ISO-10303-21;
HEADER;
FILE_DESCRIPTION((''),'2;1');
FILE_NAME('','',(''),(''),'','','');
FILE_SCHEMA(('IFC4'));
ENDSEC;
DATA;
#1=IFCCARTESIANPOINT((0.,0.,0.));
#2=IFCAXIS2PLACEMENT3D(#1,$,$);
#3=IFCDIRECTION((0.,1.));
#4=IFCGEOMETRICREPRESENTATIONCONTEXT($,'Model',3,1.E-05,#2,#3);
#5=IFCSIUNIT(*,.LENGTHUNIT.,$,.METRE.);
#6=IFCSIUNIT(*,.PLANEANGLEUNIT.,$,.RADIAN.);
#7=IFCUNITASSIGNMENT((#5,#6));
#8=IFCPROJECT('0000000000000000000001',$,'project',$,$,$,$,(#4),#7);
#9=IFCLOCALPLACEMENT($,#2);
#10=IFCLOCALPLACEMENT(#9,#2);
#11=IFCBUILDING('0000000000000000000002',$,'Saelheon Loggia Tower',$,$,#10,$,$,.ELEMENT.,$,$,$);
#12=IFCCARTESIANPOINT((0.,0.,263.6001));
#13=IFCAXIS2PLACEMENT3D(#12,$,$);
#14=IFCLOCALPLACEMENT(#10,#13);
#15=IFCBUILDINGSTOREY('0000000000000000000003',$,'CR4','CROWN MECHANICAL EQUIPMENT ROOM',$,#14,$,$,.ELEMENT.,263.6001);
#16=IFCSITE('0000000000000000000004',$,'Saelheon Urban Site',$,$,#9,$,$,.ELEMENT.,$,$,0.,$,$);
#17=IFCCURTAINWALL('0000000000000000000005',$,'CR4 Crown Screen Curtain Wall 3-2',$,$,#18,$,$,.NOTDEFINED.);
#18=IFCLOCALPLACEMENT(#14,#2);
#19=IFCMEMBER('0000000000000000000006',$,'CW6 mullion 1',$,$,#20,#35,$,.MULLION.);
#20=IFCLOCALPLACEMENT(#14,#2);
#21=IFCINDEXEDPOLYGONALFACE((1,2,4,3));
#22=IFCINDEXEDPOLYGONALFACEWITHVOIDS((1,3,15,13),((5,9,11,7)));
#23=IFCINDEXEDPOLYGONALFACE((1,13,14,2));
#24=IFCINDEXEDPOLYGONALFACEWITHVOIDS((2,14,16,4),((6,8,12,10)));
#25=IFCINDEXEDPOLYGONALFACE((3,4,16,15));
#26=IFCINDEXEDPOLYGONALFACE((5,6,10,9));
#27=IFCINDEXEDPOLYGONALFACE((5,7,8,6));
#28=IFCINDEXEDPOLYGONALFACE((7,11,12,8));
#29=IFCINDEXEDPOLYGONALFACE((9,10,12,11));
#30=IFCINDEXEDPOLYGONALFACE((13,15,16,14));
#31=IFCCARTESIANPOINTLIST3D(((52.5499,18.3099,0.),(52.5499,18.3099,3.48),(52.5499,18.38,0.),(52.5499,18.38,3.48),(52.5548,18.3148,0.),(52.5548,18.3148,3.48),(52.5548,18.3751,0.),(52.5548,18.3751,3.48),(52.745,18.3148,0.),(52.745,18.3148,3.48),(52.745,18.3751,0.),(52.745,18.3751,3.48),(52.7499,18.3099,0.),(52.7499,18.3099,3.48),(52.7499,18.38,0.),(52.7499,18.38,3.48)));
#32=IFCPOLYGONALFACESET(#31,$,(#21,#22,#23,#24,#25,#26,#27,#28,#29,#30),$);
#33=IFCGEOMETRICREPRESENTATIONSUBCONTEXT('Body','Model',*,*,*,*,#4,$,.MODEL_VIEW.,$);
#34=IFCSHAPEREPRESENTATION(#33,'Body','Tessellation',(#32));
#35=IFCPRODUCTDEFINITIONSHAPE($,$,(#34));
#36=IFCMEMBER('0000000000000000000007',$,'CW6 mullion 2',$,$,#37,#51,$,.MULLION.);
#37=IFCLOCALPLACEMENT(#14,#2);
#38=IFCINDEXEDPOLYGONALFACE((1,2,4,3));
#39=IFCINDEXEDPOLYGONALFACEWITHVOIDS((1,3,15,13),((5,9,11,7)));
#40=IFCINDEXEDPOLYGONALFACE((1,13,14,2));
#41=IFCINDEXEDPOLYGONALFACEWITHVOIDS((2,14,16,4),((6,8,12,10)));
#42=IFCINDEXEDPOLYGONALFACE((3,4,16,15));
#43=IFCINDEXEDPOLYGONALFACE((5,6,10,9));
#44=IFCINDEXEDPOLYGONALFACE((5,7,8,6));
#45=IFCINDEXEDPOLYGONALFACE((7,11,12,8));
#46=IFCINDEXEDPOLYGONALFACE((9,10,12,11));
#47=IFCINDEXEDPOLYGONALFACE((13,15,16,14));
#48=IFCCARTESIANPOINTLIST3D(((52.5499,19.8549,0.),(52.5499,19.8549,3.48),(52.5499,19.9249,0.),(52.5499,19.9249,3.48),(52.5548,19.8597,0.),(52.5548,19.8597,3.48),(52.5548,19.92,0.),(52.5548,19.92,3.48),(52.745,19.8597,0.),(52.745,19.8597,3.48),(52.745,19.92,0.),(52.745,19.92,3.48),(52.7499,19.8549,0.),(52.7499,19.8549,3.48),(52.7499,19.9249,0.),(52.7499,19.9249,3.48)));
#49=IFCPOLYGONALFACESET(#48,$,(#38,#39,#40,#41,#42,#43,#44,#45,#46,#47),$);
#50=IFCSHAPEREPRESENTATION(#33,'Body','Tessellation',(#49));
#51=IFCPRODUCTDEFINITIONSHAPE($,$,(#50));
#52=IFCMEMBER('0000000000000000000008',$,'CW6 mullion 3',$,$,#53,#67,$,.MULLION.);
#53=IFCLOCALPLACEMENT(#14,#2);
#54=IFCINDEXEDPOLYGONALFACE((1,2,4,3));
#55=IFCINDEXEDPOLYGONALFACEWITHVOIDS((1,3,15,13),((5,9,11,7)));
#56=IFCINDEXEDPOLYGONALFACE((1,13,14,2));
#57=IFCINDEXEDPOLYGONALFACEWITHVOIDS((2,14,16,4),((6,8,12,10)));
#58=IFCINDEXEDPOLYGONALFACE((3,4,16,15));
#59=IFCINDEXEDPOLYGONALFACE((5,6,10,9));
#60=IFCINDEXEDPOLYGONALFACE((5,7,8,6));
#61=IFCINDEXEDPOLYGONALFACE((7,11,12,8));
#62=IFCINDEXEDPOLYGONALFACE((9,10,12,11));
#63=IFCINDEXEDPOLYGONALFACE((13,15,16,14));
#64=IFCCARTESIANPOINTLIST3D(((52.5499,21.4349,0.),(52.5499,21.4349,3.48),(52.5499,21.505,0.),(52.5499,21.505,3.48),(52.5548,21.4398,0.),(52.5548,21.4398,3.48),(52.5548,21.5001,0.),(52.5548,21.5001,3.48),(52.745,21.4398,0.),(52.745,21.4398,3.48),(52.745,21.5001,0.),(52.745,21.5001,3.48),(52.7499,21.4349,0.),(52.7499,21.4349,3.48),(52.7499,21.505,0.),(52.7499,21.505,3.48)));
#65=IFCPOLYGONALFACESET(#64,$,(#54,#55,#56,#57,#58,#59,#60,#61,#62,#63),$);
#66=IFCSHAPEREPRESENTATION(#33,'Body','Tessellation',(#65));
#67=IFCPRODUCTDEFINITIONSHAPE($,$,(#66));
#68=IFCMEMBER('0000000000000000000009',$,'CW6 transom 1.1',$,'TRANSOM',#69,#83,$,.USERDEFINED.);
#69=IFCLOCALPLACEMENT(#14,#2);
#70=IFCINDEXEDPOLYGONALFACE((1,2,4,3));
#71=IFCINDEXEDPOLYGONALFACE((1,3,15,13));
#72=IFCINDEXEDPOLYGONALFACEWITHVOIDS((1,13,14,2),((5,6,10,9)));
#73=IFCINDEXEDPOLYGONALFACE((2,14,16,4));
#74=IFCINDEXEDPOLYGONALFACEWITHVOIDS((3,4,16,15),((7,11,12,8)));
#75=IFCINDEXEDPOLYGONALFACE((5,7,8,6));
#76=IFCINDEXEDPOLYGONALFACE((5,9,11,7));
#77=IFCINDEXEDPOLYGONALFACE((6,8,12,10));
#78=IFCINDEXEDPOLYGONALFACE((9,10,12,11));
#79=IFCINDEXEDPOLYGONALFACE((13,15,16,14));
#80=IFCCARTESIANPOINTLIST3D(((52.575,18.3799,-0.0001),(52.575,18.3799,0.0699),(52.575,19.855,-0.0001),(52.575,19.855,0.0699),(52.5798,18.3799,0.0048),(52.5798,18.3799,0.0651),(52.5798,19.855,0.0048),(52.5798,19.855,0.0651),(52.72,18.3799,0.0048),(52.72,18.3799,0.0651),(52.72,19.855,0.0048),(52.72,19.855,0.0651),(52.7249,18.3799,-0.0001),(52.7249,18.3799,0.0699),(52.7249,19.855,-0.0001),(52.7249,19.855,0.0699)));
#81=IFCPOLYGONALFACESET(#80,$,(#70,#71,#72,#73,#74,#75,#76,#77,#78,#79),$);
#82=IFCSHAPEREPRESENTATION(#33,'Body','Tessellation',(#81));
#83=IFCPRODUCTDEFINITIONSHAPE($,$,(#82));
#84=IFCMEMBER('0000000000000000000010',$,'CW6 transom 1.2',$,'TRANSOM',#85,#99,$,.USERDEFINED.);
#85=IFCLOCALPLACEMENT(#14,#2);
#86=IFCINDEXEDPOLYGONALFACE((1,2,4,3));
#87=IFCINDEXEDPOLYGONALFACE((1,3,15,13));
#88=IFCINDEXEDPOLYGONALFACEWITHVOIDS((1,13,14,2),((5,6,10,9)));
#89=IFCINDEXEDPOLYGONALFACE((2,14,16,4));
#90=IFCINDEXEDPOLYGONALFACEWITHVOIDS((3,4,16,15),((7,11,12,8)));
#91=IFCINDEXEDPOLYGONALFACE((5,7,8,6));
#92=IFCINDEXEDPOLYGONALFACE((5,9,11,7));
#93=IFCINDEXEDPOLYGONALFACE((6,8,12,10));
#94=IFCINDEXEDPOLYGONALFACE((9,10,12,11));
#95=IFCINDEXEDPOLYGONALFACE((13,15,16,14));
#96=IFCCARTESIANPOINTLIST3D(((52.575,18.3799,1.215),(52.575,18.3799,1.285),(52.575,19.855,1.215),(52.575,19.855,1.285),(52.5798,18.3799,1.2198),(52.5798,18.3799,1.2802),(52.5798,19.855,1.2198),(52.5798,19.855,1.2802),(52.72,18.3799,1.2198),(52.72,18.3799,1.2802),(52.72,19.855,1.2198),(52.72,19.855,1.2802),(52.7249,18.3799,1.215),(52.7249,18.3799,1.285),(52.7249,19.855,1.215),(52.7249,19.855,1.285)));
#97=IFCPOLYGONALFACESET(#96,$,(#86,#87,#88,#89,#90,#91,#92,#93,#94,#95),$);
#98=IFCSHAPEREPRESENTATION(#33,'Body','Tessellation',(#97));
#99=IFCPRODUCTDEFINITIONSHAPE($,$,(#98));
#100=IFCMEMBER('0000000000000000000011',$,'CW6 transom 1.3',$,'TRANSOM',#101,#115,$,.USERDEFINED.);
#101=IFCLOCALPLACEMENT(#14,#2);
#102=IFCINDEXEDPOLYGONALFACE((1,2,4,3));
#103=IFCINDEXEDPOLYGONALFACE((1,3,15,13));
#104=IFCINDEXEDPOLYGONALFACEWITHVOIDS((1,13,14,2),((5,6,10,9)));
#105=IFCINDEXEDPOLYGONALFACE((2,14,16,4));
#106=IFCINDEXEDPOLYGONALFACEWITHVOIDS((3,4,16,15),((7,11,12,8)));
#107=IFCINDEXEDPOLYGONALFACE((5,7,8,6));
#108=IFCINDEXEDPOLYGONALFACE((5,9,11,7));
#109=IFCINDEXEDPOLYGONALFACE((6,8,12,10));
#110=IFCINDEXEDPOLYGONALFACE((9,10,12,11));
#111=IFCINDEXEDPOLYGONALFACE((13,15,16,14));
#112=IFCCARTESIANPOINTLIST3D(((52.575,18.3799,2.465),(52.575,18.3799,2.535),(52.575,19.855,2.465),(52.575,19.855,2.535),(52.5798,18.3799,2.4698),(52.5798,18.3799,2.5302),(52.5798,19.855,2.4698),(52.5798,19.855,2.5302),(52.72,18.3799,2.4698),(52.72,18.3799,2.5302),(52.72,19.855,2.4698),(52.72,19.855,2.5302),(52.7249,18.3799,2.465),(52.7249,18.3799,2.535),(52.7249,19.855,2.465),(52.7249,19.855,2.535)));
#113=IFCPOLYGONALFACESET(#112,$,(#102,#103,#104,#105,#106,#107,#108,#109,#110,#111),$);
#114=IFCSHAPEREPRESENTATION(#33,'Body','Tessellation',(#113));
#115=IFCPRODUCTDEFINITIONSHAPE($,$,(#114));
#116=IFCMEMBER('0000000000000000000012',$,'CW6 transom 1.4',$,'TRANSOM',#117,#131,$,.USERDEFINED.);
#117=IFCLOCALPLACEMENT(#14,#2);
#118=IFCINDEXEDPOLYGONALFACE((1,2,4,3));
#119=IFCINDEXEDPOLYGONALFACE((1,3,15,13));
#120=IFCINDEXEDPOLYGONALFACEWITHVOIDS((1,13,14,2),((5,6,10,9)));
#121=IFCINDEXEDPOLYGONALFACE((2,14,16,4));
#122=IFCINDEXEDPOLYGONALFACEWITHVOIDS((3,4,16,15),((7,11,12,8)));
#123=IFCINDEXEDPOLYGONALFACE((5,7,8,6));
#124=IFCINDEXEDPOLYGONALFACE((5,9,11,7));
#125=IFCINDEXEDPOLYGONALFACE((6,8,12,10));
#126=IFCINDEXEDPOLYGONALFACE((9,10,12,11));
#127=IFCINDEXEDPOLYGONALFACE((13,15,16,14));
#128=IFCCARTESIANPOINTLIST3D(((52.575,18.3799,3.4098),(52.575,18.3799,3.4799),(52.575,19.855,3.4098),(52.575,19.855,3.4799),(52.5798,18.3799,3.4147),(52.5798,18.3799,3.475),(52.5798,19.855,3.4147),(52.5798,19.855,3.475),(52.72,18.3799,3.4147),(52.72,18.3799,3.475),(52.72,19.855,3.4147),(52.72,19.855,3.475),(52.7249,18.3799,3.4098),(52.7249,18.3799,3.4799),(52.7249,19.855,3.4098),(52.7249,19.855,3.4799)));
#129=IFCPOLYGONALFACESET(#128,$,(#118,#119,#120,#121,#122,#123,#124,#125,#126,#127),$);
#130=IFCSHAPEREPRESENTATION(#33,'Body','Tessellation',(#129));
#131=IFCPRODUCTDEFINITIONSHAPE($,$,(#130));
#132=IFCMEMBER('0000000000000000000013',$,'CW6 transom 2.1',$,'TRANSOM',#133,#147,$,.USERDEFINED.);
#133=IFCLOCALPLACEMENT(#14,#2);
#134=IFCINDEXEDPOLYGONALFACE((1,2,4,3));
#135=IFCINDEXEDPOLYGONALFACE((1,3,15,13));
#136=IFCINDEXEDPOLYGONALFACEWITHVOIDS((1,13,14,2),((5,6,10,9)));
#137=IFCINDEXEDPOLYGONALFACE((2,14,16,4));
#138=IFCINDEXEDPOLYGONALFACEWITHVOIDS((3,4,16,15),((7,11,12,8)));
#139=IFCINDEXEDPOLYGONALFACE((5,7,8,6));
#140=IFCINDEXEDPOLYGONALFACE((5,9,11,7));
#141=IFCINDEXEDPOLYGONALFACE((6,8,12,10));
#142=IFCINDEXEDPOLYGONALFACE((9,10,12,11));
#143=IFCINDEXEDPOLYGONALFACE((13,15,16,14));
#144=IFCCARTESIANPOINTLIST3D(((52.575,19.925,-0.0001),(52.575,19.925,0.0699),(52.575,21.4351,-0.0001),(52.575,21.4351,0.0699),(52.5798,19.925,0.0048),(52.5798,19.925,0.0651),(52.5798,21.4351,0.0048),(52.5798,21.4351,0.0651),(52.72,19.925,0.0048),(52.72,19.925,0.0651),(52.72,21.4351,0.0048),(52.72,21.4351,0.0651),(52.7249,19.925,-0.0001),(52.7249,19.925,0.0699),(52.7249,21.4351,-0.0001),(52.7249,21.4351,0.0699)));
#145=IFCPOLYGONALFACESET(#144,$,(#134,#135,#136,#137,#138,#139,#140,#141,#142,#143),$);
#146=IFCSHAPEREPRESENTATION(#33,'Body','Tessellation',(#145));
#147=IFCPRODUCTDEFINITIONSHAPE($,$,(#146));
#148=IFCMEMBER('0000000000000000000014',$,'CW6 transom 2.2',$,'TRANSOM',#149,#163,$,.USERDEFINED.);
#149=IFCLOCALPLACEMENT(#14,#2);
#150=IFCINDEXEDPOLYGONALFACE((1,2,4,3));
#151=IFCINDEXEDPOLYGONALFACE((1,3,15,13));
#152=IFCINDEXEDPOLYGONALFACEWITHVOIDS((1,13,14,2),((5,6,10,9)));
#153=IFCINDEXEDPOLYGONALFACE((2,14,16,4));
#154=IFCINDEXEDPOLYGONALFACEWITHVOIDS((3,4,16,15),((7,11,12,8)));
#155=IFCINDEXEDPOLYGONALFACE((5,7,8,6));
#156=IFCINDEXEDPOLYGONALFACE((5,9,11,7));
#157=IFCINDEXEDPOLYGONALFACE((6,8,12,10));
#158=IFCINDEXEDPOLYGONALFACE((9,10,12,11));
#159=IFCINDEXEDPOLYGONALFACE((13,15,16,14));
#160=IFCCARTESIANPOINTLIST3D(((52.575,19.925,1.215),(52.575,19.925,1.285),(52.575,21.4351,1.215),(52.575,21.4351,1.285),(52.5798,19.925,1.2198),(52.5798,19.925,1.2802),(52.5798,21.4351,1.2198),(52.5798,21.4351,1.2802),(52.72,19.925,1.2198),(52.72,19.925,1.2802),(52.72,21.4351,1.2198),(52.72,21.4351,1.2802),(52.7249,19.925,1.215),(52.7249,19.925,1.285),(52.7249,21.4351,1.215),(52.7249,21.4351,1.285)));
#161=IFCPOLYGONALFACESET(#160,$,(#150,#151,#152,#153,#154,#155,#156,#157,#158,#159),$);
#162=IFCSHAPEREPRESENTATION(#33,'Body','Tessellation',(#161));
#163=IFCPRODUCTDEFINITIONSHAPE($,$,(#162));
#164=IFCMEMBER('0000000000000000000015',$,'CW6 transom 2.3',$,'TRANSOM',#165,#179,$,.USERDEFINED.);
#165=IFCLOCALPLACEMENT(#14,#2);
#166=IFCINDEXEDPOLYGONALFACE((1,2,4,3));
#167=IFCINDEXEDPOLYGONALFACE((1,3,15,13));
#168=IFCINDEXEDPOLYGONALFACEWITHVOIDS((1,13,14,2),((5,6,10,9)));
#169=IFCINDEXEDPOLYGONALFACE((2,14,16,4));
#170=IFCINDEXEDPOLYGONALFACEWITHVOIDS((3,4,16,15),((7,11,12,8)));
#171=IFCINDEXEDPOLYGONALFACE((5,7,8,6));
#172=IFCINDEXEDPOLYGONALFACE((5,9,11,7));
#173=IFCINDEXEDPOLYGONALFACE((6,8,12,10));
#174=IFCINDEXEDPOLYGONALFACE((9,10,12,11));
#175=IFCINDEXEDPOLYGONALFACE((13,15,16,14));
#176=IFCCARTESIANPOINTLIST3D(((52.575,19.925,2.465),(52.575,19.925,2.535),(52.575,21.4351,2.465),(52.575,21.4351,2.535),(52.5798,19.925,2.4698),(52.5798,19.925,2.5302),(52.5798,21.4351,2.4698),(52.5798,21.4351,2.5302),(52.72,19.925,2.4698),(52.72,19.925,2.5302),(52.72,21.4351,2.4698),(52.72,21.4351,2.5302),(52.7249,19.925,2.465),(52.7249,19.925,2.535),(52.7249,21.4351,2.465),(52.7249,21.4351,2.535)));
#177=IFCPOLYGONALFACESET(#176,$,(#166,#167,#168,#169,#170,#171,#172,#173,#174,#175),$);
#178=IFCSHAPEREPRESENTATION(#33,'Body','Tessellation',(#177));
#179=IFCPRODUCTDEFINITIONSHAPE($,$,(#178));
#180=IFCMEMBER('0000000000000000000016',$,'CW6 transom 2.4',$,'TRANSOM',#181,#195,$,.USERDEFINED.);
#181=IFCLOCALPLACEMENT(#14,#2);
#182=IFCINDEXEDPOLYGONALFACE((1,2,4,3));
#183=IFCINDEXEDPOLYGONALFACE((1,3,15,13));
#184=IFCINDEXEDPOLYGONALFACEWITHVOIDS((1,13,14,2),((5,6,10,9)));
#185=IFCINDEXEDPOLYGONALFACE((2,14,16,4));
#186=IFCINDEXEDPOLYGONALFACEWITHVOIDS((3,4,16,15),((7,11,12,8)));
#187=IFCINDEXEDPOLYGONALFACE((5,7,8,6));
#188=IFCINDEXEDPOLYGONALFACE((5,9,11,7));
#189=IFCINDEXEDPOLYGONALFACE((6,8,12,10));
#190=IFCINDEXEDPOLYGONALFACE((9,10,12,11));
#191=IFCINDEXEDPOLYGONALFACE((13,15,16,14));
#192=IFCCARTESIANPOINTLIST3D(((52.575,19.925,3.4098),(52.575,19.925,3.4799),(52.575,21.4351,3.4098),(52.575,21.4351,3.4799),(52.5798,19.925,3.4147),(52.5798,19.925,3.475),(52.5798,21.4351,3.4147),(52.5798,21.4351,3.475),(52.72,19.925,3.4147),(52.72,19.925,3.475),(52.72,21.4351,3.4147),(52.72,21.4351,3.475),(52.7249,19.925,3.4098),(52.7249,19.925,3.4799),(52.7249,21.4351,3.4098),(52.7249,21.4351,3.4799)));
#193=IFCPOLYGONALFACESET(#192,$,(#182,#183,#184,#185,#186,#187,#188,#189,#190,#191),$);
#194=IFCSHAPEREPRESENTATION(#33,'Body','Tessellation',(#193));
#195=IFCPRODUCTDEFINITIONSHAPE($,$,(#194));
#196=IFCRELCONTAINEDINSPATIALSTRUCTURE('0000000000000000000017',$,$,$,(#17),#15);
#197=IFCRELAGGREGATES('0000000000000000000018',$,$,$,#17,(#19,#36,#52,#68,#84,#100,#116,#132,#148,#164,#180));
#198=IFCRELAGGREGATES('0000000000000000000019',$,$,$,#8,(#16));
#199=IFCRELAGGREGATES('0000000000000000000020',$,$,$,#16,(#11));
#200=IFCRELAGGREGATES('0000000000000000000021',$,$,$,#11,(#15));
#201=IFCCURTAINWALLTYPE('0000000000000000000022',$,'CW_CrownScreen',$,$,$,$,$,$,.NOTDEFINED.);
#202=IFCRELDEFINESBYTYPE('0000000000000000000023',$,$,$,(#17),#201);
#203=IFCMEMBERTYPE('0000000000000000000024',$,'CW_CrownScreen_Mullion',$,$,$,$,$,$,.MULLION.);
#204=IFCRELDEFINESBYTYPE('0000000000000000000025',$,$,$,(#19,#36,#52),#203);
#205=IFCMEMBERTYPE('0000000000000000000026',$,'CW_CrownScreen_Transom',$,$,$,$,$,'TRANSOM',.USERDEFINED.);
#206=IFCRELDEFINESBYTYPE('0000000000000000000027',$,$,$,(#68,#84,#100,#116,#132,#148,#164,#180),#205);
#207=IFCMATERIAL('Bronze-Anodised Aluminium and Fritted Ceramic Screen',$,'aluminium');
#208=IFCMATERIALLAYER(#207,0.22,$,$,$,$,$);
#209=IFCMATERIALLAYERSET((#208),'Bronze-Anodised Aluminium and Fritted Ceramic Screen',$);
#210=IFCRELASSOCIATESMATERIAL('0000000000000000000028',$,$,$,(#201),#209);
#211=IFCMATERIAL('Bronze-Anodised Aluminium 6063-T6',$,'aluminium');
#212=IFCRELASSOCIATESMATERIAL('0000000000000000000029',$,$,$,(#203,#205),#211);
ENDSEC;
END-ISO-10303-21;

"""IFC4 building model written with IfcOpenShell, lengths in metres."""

from ifc_helpers import new_model, si_unit, direction, frame, origin, origin_2d, place, context, subcontext, project, spatial, hollow_rectangle, extrude, source, transform, mapped, material, layer, layer_set, material_profile, profile_set, type_object, element, aggregate, save


model = new_model("IFC4")

# Units and contexts
model_context = context("Model", 3, precision=1e-05, world=origin(), true_north=direction((0.0, 1.0)))
body_context = subcontext(model_context, "Body", "Model", "MODEL_VIEW")
ifc_project = project(units=[si_unit("LENGTHUNIT", "METRE"), si_unit("PLANEANGLEUNIT", "RADIAN")], contexts=[model_context])

# Site, building, storey
site_placement = place(None, origin())
site = spatial("IfcSite", under=ifc_project, at=site_placement, Name="Saelheon Urban Site", CompositionType="ELEMENT", RefElevation=0.0)
building_placement = place(site_placement, origin())
building = spatial("IfcBuilding", under=site, at=building_placement, Name="Saelheon Loggia Tower", CompositionType="ELEMENT")
storey_placement = place(building_placement, frame((0.0, 0.0, 263.6001)))
storey = spatial("IfcBuildingStorey", under=building, at=storey_placement, Name="CR4", Description="CROWN MECHANICAL EQUIPMENT ROOM", CompositionType="ELEMENT", Elevation=263.6001)

# Curtain wall, members
ifc_material_1 = material(Name="Bronze-Anodised Aluminium and Fritted Ceramic Screen", Category="aluminium")
ifc_layer_1 = layer(ifc_material_1, 0.22)
ifc_layer_set_1 = layer_set([ifc_layer_1], Name="Bronze-Anodised Aluminium and Fritted Ceramic Screen")
curtain_wall_type = type_object("IfcCurtainWallType", Name="CW_CrownScreen", PredefinedType="NOTDEFINED", material=ifc_layer_set_1)
curtain_wall_placement = place(storey_placement, origin())
curtain_wall = element("IfcCurtainWall", 1, at=curtain_wall_placement, inside=storey, type_object=curtain_wall_type, Name="CR4 Crown Screen Curtain Wall 3-2", PredefinedType="NOTDEFINED")
ifc_material_2 = material(Name="Bronze-Anodised Aluminium 6063-T6", Category="aluminium")
ifc_material_profile_1 = material_profile(ifc_material_2, hollow_rectangle(XDim=0.0701, YDim=0.2, WallThickness=0.0049, at=origin_2d()), Name="RHS-200x70x5")
ifc_profile_set_1 = profile_set([ifc_material_profile_1], Name="Bronze-Anodised Aluminium 6063-T6")
member_type_1 = type_object("IfcMemberType", Name="CW_CrownScreen_Mullion", PredefinedType="MULLION", material=ifc_profile_set_1)
shared_shape_1 = source(origin(), body_context, "Body", "SweptSolid", [
    extrude(hollow_rectangle(XDim=0.0701, YDim=0.2, WallThickness=0.0049, at=origin_2d()), origin(), (0.0, 0.0, 1.0), 3.48),
])
member_1_placement = place(storey_placement, frame((52.6499, 18.345, 0.0), z_axis=(0.0, 0.0, 1.0), x_axis=(0.0, 1.0, 0.0)))
member_1 = element("IfcMember", 2, at=member_1_placement, type_object=member_type_1, Name="CW6 mullion 1", PredefinedType="MULLION", context=body_context, shape_type="MappedRepresentation", body=[
    mapped(shared_shape_1, transform((0.0, 0.0, 0.0), scale=1.0)),
])
member_2_placement = place(storey_placement, frame((52.6499, 19.8899, 0.0), z_axis=(0.0, 0.0, 1.0), x_axis=(0.0, 1.0, 0.0)))
member_2 = element("IfcMember", 3, at=member_2_placement, type_object=member_type_1, Name="CW6 mullion 2", PredefinedType="MULLION", context=body_context, shape_type="MappedRepresentation", body=[
    mapped(shared_shape_1, transform((0.0, 0.0, 0.0), scale=1.0)),
])
member_3_placement = place(storey_placement, frame((52.6499, 21.47, 0.0), z_axis=(0.0, 0.0, 1.0), x_axis=(0.0, 1.0, 0.0)))
member_3 = element("IfcMember", 4, at=member_3_placement, type_object=member_type_1, Name="CW6 mullion 3", PredefinedType="MULLION", context=body_context, shape_type="MappedRepresentation", body=[
    mapped(shared_shape_1, transform((0.0, 0.0, 0.0), scale=1.0)),
])
ifc_material_profile_2 = material_profile(ifc_material_2, hollow_rectangle(XDim=0.0701, YDim=0.1499, WallThickness=0.0049, at=origin_2d()), Name="RHS-150x70x5")
ifc_profile_set_2 = profile_set([ifc_material_profile_2], Name="Bronze-Anodised Aluminium 6063-T6")
member_type_2 = type_object("IfcMemberType", Name="CW_CrownScreen_Transom", ElementType="TRANSOM", PredefinedType="USERDEFINED", material=ifc_profile_set_2)
shared_shape_2 = source(origin(), body_context, "Body", "SweptSolid", [
    extrude(hollow_rectangle(XDim=0.0701, YDim=0.1499, WallThickness=0.0049, at=origin_2d()), origin(), (0.0, 0.0, 1.0), 1.4751),
])
member_4_placement = place(storey_placement, frame((52.6499, 18.3799, 0.0349), z_axis=(0.0, 1.0, 0.0), x_axis=(0.0, 0.0, 1.0)))
member_4 = element("IfcMember", 5, at=member_4_placement, type_object=member_type_2, Name="CW6 transom 1.1", ObjectType="TRANSOM", PredefinedType="USERDEFINED", context=body_context, shape_type="MappedRepresentation", body=[
    mapped(shared_shape_2, transform((0.0, 0.0, 0.0), scale=1.0)),
])
member_5_placement = place(storey_placement, frame((52.6499, 18.3799, 1.25), z_axis=(0.0, 1.0, 0.0), x_axis=(0.0, 0.0, 1.0)))
member_5 = element("IfcMember", 6, at=member_5_placement, type_object=member_type_2, Name="CW6 transom 1.2", ObjectType="TRANSOM", PredefinedType="USERDEFINED", context=body_context, shape_type="MappedRepresentation", body=[
    mapped(shared_shape_2, transform((0.0, 0.0, 0.0), scale=1.0)),
])
member_6_placement = place(storey_placement, frame((52.6499, 18.3799, 2.5), z_axis=(0.0, 1.0, 0.0), x_axis=(0.0, 0.0, 1.0)))
member_6 = element("IfcMember", 7, at=member_6_placement, type_object=member_type_2, Name="CW6 transom 1.3", ObjectType="TRANSOM", PredefinedType="USERDEFINED", context=body_context, shape_type="MappedRepresentation", body=[
    mapped(shared_shape_2, transform((0.0, 0.0, 0.0), scale=1.0)),
])
member_7_placement = place(storey_placement, frame((52.6499, 18.3799, 3.4448), z_axis=(0.0, 1.0, 0.0), x_axis=(0.0, 0.0, 1.0)))
member_7 = element("IfcMember", 8, at=member_7_placement, type_object=member_type_2, Name="CW6 transom 1.4", ObjectType="TRANSOM", PredefinedType="USERDEFINED", context=body_context, shape_type="MappedRepresentation", body=[
    mapped(shared_shape_2, transform((0.0, 0.0, 0.0), scale=1.0)),
])
shared_shape_3 = source(origin(), body_context, "Body", "SweptSolid", [
    extrude(hollow_rectangle(XDim=0.0701, YDim=0.1499, WallThickness=0.0049, at=origin_2d()), origin(), (0.0, 0.0, 1.0), 1.51),
])
member_8_placement = place(storey_placement, frame((52.6499, 19.925, 0.0349), z_axis=(0.0, 1.0, 0.0), x_axis=(0.0, 0.0, 1.0)))
member_8 = element("IfcMember", 9, at=member_8_placement, type_object=member_type_2, Name="CW6 transom 2.1", ObjectType="TRANSOM", PredefinedType="USERDEFINED", context=body_context, shape_type="MappedRepresentation", body=[
    mapped(shared_shape_3, transform((0.0, 0.0, 0.0), scale=1.0)),
])
member_9_placement = place(storey_placement, frame((52.6499, 19.925, 1.25), z_axis=(0.0, 1.0, 0.0), x_axis=(0.0, 0.0, 1.0)))
member_9 = element("IfcMember", 10, at=member_9_placement, type_object=member_type_2, Name="CW6 transom 2.2", ObjectType="TRANSOM", PredefinedType="USERDEFINED", context=body_context, shape_type="MappedRepresentation", body=[
    mapped(shared_shape_3, transform((0.0, 0.0, 0.0), scale=1.0)),
])
member_10_placement = place(storey_placement, frame((52.6499, 19.925, 2.5), z_axis=(0.0, 1.0, 0.0), x_axis=(0.0, 0.0, 1.0)))
member_10 = element("IfcMember", 11, at=member_10_placement, type_object=member_type_2, Name="CW6 transom 2.3", ObjectType="TRANSOM", PredefinedType="USERDEFINED", context=body_context, shape_type="MappedRepresentation", body=[
    mapped(shared_shape_3, transform((0.0, 0.0, 0.0), scale=1.0)),
])
member_11_placement = place(storey_placement, frame((52.6499, 19.925, 3.4448), z_axis=(0.0, 1.0, 0.0), x_axis=(0.0, 0.0, 1.0)))
member_11 = element("IfcMember", 12, at=member_11_placement, type_object=member_type_2, Name="CW6 transom 2.4", ObjectType="TRANSOM", PredefinedType="USERDEFINED", context=body_context, shape_type="MappedRepresentation", body=[
    mapped(shared_shape_3, transform((0.0, 0.0, 0.0), scale=1.0)),
])
aggregate(curtain_wall, [member_1, member_2, member_3, member_4, member_5, member_6, member_7, member_8, member_9, member_10, member_11])

save(model, "model.ifc")
